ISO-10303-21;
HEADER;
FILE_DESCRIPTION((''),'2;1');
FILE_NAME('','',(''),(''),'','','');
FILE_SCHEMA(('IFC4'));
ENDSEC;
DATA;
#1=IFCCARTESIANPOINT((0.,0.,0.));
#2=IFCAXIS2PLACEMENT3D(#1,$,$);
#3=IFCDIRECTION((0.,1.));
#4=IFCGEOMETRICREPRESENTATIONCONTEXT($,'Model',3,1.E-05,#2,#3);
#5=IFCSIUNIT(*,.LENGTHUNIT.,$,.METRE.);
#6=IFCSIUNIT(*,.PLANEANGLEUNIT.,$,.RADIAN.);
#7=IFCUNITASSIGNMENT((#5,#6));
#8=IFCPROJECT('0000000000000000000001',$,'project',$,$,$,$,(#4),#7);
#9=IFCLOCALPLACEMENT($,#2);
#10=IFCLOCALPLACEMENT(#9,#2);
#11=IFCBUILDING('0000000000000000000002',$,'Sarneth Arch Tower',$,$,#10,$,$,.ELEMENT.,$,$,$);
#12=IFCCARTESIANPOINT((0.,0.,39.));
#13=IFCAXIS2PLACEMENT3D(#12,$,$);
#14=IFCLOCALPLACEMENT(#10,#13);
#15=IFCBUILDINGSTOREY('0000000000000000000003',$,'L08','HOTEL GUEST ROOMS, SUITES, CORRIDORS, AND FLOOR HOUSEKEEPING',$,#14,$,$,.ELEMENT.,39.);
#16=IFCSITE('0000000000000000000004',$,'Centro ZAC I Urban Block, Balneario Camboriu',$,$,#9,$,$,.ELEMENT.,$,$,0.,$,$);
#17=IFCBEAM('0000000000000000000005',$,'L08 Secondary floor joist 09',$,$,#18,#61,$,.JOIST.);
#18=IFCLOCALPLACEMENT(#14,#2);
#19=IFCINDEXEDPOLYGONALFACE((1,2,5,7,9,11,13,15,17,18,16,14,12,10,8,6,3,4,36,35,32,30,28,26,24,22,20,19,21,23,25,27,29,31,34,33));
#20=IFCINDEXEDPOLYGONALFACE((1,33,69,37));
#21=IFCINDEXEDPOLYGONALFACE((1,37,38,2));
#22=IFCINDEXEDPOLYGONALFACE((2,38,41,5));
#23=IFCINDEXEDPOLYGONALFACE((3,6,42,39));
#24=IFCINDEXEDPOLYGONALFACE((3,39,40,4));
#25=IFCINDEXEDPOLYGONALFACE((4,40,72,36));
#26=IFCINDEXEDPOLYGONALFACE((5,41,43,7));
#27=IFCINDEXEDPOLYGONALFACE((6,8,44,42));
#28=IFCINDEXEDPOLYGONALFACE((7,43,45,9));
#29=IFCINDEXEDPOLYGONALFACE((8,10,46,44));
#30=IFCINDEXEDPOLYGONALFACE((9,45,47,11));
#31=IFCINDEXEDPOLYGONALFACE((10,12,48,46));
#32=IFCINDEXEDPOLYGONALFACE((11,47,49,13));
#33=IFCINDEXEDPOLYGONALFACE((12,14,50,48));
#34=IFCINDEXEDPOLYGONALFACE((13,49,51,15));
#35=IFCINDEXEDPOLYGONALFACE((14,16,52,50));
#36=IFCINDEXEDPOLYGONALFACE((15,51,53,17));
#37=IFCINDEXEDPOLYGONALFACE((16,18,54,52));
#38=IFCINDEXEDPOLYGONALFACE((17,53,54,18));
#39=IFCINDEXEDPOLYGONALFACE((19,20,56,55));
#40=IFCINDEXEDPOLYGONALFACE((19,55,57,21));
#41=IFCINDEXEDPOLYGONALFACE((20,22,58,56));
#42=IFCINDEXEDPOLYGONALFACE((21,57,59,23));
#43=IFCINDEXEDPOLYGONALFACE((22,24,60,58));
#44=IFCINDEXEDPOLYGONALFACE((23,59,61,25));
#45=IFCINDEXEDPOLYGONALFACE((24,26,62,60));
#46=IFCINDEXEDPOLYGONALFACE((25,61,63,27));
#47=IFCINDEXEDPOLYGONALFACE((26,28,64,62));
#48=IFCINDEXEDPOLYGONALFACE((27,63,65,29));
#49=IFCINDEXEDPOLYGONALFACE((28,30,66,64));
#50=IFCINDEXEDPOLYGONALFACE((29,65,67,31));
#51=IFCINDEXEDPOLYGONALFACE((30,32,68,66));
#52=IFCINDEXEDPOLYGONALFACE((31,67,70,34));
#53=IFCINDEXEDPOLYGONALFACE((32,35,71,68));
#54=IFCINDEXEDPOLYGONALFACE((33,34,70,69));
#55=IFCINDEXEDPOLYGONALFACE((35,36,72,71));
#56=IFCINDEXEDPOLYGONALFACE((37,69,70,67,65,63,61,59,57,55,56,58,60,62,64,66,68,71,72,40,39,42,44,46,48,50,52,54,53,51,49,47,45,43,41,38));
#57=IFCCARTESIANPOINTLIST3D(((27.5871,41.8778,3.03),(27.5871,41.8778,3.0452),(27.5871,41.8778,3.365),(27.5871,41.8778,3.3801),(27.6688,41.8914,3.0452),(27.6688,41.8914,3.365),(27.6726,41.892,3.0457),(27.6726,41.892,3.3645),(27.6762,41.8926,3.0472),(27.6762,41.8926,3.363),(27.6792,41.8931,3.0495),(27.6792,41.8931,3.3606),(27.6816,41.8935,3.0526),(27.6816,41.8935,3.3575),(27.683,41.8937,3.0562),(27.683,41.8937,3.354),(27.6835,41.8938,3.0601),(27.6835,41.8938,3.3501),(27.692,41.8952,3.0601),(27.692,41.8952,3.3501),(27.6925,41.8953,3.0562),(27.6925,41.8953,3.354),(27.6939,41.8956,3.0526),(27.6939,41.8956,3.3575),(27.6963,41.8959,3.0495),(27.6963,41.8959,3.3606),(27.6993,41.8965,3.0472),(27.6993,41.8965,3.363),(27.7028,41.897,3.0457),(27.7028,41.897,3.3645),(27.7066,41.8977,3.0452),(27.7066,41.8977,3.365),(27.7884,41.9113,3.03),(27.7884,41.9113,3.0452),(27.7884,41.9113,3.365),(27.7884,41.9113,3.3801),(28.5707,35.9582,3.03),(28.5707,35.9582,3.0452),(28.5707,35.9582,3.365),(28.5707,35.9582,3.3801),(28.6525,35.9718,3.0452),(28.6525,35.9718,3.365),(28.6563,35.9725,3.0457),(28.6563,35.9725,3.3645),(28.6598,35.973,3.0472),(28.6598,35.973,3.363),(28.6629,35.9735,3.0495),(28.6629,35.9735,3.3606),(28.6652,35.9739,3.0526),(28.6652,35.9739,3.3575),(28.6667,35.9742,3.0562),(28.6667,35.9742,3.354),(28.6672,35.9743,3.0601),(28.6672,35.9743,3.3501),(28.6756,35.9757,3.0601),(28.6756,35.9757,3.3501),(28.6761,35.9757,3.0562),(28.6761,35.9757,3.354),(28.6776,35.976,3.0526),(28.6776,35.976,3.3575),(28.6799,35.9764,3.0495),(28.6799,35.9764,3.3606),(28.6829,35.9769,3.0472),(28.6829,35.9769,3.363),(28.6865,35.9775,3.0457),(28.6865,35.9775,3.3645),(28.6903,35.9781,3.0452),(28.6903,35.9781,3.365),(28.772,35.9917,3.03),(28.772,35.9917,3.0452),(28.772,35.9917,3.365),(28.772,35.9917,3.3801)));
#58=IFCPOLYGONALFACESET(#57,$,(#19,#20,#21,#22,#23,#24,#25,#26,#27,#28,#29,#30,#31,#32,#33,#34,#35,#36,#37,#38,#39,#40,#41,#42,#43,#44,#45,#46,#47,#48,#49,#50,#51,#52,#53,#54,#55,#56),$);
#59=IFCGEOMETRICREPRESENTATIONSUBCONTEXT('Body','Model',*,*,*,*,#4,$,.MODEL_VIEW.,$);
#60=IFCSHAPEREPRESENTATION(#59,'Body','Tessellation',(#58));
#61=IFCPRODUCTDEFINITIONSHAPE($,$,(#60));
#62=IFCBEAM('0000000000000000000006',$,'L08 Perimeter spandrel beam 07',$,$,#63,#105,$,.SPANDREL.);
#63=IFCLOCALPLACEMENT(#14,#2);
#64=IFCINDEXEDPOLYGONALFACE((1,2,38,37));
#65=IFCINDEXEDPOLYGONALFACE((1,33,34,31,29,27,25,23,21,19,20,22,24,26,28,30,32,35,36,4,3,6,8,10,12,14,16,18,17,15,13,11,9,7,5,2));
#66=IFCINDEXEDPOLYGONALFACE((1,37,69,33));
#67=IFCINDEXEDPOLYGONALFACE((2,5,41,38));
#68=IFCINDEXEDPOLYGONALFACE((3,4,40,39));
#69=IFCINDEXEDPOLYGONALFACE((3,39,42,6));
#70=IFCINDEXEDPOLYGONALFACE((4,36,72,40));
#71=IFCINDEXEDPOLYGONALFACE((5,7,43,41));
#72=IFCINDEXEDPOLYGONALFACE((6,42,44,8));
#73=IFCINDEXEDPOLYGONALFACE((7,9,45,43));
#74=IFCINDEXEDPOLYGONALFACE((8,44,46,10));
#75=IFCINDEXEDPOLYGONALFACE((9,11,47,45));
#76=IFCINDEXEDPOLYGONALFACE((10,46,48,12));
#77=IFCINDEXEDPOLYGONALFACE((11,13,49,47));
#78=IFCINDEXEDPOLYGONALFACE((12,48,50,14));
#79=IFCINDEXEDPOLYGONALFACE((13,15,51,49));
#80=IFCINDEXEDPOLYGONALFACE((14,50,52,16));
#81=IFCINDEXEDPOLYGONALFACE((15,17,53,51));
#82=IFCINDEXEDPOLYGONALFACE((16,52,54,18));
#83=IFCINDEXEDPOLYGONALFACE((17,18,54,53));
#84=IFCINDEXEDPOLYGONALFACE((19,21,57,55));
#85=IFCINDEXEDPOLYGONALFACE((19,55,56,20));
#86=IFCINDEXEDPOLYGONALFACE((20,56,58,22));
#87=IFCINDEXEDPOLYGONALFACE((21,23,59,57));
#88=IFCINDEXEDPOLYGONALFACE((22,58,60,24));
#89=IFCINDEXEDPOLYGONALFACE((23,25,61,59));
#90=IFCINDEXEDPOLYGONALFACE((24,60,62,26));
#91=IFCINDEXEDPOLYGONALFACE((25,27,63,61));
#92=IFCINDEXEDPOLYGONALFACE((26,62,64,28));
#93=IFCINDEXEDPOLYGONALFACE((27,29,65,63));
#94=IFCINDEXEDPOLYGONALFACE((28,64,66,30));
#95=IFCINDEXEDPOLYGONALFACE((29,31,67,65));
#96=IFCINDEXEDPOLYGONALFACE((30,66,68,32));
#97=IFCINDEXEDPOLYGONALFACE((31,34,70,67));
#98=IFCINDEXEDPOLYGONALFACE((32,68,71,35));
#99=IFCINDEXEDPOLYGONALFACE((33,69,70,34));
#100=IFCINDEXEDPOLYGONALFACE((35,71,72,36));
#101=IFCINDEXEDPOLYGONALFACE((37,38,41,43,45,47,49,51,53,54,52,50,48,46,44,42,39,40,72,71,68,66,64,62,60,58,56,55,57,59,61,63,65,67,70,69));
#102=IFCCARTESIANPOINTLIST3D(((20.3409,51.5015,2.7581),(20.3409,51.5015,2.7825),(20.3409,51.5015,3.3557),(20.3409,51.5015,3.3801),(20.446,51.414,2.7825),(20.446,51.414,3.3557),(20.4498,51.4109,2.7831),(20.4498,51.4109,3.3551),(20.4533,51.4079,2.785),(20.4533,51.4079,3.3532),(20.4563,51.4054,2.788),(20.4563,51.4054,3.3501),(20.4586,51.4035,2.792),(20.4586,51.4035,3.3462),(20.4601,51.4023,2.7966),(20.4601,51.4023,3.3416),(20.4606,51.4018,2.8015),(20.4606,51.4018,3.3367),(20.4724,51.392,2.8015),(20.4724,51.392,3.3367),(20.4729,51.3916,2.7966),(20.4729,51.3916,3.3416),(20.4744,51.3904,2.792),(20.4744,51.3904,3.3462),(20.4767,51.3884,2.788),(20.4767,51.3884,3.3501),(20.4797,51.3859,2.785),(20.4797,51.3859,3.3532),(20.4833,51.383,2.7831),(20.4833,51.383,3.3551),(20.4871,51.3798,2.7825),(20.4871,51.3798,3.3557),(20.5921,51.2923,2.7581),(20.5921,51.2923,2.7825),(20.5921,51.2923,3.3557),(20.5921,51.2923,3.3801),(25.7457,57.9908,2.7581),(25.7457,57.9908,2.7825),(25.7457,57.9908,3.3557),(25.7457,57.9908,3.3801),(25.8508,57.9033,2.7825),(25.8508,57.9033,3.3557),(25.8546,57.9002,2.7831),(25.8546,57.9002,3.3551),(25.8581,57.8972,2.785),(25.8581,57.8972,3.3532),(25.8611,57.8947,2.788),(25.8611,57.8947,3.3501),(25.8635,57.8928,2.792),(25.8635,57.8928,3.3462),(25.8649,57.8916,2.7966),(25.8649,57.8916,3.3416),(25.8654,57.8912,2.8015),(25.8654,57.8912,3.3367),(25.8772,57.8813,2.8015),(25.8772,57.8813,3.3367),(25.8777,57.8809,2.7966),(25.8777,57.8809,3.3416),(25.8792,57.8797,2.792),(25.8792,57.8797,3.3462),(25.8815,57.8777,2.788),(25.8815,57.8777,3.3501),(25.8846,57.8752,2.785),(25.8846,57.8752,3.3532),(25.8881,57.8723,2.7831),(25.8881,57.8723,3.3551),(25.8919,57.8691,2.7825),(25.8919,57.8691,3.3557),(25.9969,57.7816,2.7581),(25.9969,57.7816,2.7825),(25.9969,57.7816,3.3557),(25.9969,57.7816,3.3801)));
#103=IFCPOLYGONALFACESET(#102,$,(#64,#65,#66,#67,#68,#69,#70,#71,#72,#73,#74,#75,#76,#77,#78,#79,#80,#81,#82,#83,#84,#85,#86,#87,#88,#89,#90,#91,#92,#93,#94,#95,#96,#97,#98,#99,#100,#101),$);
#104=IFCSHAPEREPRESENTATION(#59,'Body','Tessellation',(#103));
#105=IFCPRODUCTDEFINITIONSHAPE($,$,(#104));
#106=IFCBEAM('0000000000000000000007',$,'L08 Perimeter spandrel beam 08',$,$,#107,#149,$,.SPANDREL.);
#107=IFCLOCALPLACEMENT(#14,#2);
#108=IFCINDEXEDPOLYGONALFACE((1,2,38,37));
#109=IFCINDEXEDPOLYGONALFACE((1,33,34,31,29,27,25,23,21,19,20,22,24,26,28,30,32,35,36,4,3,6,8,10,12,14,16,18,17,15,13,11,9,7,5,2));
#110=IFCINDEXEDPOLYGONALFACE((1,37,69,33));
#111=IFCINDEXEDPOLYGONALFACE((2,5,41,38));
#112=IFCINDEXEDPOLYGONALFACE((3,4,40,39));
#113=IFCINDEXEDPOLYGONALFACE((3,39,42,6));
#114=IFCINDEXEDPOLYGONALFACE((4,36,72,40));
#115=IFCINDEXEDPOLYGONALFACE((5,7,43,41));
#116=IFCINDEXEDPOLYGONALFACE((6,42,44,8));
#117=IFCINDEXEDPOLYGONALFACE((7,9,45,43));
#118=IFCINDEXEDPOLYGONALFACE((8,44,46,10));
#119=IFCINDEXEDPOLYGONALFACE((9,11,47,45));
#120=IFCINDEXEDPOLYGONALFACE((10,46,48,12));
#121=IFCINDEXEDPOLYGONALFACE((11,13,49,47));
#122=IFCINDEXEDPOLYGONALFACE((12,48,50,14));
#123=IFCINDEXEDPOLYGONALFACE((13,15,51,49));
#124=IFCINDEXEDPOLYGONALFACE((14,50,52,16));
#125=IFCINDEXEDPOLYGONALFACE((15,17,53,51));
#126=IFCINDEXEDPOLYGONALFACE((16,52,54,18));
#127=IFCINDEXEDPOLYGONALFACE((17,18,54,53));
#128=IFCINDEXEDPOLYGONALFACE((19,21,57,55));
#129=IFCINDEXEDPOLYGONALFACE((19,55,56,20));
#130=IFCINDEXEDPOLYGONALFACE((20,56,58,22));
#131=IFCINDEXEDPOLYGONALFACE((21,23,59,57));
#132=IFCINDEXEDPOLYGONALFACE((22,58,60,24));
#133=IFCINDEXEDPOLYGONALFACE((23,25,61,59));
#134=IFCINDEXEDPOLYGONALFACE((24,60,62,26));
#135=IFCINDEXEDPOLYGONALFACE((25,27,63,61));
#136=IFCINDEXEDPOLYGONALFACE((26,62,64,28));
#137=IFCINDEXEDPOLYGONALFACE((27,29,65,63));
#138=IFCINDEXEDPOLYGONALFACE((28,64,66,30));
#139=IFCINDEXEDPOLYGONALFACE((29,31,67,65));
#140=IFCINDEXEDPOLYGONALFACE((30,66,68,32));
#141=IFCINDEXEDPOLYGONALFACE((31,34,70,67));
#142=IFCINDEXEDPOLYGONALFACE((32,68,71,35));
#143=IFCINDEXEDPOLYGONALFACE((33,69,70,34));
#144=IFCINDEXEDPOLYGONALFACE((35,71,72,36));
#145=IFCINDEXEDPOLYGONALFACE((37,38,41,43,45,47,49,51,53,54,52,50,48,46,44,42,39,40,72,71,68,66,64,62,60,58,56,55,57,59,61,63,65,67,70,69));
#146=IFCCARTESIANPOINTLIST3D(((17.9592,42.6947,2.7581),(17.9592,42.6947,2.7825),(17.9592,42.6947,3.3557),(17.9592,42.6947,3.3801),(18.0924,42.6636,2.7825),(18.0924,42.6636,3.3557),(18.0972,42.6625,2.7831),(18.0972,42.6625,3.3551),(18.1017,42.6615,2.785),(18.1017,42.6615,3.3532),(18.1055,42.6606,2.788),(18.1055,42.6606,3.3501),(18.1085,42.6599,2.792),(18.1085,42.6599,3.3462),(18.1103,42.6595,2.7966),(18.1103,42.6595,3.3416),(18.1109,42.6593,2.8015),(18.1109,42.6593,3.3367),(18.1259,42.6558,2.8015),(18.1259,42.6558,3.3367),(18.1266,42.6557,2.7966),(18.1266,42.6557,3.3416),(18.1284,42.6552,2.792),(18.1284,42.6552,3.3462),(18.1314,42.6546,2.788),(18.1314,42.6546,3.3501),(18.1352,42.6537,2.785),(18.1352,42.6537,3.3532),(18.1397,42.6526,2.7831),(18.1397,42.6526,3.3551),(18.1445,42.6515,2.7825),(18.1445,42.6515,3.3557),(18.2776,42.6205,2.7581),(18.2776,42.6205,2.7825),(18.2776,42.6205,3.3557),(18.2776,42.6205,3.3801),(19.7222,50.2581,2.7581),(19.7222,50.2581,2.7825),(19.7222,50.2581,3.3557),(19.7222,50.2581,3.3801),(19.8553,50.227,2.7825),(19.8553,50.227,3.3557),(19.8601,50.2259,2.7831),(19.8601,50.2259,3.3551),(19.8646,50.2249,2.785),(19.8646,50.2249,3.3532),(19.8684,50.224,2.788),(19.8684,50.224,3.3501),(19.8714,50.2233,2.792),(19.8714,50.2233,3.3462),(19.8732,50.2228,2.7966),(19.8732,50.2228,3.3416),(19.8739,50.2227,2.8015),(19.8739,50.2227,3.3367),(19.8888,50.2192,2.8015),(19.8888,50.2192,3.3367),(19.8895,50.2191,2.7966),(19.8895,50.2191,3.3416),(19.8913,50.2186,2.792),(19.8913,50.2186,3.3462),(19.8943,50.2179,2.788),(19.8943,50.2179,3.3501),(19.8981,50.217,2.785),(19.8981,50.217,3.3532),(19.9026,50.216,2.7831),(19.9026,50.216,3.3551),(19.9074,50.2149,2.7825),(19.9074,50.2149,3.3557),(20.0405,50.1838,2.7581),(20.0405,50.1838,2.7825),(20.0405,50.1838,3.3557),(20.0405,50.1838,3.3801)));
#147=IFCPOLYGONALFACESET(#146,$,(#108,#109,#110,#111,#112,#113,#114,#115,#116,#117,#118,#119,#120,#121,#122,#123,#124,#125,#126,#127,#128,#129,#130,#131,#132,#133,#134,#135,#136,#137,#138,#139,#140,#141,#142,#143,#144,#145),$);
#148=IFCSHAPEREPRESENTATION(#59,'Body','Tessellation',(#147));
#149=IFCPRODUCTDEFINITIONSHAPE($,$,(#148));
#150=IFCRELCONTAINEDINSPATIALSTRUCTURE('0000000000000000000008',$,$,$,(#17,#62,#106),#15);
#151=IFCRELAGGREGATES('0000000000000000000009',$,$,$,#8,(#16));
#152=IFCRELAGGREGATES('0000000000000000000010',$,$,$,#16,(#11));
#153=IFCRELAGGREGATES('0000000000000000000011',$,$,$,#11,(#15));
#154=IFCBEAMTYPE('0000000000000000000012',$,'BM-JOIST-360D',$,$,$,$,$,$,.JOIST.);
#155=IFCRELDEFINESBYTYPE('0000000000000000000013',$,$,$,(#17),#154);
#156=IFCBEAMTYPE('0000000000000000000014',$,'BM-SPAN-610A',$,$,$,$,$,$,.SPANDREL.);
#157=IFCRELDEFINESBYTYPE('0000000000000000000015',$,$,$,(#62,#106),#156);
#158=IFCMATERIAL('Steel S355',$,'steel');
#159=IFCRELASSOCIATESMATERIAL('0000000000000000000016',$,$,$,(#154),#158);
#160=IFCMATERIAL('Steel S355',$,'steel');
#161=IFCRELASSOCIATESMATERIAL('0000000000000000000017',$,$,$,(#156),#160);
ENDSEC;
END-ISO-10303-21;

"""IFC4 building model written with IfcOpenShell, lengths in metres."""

from ifc_helpers import new_model, si_unit, direction, frame, origin, origin_2d, place, context, subcontext, project, spatial, i_section, extrude, material, material_profile, profile_set, type_object, element, save


model = new_model("IFC4")

# Units and contexts
model_context = context("Model", 3, precision=1e-05, world=origin(), true_north=direction((0.0, 1.0)))
body_context = subcontext(model_context, "Body", "Model", "MODEL_VIEW")
ifc_project = project(units=[si_unit("LENGTHUNIT", "METRE"), si_unit("PLANEANGLEUNIT", "RADIAN")], contexts=[model_context])

# Site, building, storey
site_placement = place(None, origin())
site = spatial("IfcSite", under=ifc_project, at=site_placement, Name="Centro ZAC I Urban Block, Balneario Camboriu", CompositionType="ELEMENT", RefElevation=0.0)
building_placement = place(site_placement, origin())
building = spatial("IfcBuilding", under=site, at=building_placement, Name="Sarneth Arch Tower", CompositionType="ELEMENT")
storey_placement = place(building_placement, frame((0.0, 0.0, 39.0)))
storey = spatial("IfcBuildingStorey", under=building, at=storey_placement, Name="L08", Description="HOTEL GUEST ROOMS, SUITES, CORRIDORS, AND FLOOR HOUSEKEEPING", CompositionType="ELEMENT", Elevation=39.0)

# Beams
ifc_material_1 = material(Name="Steel S355", Category="steel")
ifc_material_profile_1 = material_profile(ifc_material_1, i_section(OverallWidth=0.2041, OverallDepth=0.3501, WebThickness=0.0085, FlangeThickness=0.0151, FilletRadius=0.0149, at=origin_2d()), Name="W360x72")
ifc_profile_set_1 = profile_set([ifc_material_profile_1], Name="Steel S355")
beam_type_1 = type_object("IfcBeamType", Name="BM-JOIST-360D", PredefinedType="JOIST", material=ifc_profile_set_1)
for number, where, z_axis, x_axis, name in (
    (1, (27.6877, 41.8945, 3.2051), (0.163917, -0.986474, 0.0), (0.986474, 0.163917, 0.0), "L08 Secondary floor joist 09"),
):
    element("IfcBeam", number, at=place(storey_placement, frame(where, z_axis=z_axis, x_axis=x_axis)), inside=storey, type_object=beam_type_1, Name=name, PredefinedType="JOIST", context=body_context, shape_type="SweptSolid", body=[
        extrude(i_section(OverallWidth=0.2041, OverallDepth=0.3501, WebThickness=0.0085, FlangeThickness=0.0151, FilletRadius=0.0149, at=origin_2d()), origin(), (0.0, 0.0, 1.0), 6.0007),
    ])
ifc_material_2 = material(Name="Steel S355", Category="steel")
ifc_material_profile_2 = material_profile(ifc_material_2, i_section(OverallWidth=0.3269, OverallDepth=0.6221, WebThickness=0.0154, FlangeThickness=0.0244, FilletRadius=0.019, at=origin_2d()), Name="W610x195")
ifc_profile_set_2 = profile_set([ifc_material_profile_2], Name="Steel S355")
beam_type_2 = type_object("IfcBeamType", Name="BM-SPAN-610A", PredefinedType="SPANDREL", material=ifc_profile_set_2)
beam_1_placement = place(storey_placement, frame((25.8713, 57.8862, 3.0691), z_axis=(-0.63998, -0.768392, 0.0), x_axis=(0.768392, -0.63998, 0.0)))
element("IfcBeam", 2, at=beam_1_placement, inside=storey, type_object=beam_type_2, Name="L08 Perimeter spandrel beam 07", PredefinedType="SPANDREL", context=body_context, shape_type="SweptSolid", body=[
    extrude(i_section(OverallWidth=0.3269, OverallDepth=0.6221, WebThickness=0.0154, FlangeThickness=0.0244, FilletRadius=0.019, at=origin_2d()), origin(), (0.0, 0.0, 1.0), 8.4453),
])
beam_2_placement = place(storey_placement, frame((19.8813, 50.2209, 3.0691), z_axis=(-0.227001, -0.973895, 0.0), x_axis=(0.973895, -0.227001, 0.0)))
element("IfcBeam", 3, at=beam_2_placement, inside=storey, type_object=beam_type_2, Name="L08 Perimeter spandrel beam 08", PredefinedType="SPANDREL", context=body_context, shape_type="SweptSolid", body=[
    extrude(i_section(OverallWidth=0.3269, OverallDepth=0.6221, WebThickness=0.0154, FlangeThickness=0.0244, FilletRadius=0.019, at=origin_2d()), origin(), (0.0, 0.0, 1.0), 7.7661),
])

save(model, "model.ifc")
